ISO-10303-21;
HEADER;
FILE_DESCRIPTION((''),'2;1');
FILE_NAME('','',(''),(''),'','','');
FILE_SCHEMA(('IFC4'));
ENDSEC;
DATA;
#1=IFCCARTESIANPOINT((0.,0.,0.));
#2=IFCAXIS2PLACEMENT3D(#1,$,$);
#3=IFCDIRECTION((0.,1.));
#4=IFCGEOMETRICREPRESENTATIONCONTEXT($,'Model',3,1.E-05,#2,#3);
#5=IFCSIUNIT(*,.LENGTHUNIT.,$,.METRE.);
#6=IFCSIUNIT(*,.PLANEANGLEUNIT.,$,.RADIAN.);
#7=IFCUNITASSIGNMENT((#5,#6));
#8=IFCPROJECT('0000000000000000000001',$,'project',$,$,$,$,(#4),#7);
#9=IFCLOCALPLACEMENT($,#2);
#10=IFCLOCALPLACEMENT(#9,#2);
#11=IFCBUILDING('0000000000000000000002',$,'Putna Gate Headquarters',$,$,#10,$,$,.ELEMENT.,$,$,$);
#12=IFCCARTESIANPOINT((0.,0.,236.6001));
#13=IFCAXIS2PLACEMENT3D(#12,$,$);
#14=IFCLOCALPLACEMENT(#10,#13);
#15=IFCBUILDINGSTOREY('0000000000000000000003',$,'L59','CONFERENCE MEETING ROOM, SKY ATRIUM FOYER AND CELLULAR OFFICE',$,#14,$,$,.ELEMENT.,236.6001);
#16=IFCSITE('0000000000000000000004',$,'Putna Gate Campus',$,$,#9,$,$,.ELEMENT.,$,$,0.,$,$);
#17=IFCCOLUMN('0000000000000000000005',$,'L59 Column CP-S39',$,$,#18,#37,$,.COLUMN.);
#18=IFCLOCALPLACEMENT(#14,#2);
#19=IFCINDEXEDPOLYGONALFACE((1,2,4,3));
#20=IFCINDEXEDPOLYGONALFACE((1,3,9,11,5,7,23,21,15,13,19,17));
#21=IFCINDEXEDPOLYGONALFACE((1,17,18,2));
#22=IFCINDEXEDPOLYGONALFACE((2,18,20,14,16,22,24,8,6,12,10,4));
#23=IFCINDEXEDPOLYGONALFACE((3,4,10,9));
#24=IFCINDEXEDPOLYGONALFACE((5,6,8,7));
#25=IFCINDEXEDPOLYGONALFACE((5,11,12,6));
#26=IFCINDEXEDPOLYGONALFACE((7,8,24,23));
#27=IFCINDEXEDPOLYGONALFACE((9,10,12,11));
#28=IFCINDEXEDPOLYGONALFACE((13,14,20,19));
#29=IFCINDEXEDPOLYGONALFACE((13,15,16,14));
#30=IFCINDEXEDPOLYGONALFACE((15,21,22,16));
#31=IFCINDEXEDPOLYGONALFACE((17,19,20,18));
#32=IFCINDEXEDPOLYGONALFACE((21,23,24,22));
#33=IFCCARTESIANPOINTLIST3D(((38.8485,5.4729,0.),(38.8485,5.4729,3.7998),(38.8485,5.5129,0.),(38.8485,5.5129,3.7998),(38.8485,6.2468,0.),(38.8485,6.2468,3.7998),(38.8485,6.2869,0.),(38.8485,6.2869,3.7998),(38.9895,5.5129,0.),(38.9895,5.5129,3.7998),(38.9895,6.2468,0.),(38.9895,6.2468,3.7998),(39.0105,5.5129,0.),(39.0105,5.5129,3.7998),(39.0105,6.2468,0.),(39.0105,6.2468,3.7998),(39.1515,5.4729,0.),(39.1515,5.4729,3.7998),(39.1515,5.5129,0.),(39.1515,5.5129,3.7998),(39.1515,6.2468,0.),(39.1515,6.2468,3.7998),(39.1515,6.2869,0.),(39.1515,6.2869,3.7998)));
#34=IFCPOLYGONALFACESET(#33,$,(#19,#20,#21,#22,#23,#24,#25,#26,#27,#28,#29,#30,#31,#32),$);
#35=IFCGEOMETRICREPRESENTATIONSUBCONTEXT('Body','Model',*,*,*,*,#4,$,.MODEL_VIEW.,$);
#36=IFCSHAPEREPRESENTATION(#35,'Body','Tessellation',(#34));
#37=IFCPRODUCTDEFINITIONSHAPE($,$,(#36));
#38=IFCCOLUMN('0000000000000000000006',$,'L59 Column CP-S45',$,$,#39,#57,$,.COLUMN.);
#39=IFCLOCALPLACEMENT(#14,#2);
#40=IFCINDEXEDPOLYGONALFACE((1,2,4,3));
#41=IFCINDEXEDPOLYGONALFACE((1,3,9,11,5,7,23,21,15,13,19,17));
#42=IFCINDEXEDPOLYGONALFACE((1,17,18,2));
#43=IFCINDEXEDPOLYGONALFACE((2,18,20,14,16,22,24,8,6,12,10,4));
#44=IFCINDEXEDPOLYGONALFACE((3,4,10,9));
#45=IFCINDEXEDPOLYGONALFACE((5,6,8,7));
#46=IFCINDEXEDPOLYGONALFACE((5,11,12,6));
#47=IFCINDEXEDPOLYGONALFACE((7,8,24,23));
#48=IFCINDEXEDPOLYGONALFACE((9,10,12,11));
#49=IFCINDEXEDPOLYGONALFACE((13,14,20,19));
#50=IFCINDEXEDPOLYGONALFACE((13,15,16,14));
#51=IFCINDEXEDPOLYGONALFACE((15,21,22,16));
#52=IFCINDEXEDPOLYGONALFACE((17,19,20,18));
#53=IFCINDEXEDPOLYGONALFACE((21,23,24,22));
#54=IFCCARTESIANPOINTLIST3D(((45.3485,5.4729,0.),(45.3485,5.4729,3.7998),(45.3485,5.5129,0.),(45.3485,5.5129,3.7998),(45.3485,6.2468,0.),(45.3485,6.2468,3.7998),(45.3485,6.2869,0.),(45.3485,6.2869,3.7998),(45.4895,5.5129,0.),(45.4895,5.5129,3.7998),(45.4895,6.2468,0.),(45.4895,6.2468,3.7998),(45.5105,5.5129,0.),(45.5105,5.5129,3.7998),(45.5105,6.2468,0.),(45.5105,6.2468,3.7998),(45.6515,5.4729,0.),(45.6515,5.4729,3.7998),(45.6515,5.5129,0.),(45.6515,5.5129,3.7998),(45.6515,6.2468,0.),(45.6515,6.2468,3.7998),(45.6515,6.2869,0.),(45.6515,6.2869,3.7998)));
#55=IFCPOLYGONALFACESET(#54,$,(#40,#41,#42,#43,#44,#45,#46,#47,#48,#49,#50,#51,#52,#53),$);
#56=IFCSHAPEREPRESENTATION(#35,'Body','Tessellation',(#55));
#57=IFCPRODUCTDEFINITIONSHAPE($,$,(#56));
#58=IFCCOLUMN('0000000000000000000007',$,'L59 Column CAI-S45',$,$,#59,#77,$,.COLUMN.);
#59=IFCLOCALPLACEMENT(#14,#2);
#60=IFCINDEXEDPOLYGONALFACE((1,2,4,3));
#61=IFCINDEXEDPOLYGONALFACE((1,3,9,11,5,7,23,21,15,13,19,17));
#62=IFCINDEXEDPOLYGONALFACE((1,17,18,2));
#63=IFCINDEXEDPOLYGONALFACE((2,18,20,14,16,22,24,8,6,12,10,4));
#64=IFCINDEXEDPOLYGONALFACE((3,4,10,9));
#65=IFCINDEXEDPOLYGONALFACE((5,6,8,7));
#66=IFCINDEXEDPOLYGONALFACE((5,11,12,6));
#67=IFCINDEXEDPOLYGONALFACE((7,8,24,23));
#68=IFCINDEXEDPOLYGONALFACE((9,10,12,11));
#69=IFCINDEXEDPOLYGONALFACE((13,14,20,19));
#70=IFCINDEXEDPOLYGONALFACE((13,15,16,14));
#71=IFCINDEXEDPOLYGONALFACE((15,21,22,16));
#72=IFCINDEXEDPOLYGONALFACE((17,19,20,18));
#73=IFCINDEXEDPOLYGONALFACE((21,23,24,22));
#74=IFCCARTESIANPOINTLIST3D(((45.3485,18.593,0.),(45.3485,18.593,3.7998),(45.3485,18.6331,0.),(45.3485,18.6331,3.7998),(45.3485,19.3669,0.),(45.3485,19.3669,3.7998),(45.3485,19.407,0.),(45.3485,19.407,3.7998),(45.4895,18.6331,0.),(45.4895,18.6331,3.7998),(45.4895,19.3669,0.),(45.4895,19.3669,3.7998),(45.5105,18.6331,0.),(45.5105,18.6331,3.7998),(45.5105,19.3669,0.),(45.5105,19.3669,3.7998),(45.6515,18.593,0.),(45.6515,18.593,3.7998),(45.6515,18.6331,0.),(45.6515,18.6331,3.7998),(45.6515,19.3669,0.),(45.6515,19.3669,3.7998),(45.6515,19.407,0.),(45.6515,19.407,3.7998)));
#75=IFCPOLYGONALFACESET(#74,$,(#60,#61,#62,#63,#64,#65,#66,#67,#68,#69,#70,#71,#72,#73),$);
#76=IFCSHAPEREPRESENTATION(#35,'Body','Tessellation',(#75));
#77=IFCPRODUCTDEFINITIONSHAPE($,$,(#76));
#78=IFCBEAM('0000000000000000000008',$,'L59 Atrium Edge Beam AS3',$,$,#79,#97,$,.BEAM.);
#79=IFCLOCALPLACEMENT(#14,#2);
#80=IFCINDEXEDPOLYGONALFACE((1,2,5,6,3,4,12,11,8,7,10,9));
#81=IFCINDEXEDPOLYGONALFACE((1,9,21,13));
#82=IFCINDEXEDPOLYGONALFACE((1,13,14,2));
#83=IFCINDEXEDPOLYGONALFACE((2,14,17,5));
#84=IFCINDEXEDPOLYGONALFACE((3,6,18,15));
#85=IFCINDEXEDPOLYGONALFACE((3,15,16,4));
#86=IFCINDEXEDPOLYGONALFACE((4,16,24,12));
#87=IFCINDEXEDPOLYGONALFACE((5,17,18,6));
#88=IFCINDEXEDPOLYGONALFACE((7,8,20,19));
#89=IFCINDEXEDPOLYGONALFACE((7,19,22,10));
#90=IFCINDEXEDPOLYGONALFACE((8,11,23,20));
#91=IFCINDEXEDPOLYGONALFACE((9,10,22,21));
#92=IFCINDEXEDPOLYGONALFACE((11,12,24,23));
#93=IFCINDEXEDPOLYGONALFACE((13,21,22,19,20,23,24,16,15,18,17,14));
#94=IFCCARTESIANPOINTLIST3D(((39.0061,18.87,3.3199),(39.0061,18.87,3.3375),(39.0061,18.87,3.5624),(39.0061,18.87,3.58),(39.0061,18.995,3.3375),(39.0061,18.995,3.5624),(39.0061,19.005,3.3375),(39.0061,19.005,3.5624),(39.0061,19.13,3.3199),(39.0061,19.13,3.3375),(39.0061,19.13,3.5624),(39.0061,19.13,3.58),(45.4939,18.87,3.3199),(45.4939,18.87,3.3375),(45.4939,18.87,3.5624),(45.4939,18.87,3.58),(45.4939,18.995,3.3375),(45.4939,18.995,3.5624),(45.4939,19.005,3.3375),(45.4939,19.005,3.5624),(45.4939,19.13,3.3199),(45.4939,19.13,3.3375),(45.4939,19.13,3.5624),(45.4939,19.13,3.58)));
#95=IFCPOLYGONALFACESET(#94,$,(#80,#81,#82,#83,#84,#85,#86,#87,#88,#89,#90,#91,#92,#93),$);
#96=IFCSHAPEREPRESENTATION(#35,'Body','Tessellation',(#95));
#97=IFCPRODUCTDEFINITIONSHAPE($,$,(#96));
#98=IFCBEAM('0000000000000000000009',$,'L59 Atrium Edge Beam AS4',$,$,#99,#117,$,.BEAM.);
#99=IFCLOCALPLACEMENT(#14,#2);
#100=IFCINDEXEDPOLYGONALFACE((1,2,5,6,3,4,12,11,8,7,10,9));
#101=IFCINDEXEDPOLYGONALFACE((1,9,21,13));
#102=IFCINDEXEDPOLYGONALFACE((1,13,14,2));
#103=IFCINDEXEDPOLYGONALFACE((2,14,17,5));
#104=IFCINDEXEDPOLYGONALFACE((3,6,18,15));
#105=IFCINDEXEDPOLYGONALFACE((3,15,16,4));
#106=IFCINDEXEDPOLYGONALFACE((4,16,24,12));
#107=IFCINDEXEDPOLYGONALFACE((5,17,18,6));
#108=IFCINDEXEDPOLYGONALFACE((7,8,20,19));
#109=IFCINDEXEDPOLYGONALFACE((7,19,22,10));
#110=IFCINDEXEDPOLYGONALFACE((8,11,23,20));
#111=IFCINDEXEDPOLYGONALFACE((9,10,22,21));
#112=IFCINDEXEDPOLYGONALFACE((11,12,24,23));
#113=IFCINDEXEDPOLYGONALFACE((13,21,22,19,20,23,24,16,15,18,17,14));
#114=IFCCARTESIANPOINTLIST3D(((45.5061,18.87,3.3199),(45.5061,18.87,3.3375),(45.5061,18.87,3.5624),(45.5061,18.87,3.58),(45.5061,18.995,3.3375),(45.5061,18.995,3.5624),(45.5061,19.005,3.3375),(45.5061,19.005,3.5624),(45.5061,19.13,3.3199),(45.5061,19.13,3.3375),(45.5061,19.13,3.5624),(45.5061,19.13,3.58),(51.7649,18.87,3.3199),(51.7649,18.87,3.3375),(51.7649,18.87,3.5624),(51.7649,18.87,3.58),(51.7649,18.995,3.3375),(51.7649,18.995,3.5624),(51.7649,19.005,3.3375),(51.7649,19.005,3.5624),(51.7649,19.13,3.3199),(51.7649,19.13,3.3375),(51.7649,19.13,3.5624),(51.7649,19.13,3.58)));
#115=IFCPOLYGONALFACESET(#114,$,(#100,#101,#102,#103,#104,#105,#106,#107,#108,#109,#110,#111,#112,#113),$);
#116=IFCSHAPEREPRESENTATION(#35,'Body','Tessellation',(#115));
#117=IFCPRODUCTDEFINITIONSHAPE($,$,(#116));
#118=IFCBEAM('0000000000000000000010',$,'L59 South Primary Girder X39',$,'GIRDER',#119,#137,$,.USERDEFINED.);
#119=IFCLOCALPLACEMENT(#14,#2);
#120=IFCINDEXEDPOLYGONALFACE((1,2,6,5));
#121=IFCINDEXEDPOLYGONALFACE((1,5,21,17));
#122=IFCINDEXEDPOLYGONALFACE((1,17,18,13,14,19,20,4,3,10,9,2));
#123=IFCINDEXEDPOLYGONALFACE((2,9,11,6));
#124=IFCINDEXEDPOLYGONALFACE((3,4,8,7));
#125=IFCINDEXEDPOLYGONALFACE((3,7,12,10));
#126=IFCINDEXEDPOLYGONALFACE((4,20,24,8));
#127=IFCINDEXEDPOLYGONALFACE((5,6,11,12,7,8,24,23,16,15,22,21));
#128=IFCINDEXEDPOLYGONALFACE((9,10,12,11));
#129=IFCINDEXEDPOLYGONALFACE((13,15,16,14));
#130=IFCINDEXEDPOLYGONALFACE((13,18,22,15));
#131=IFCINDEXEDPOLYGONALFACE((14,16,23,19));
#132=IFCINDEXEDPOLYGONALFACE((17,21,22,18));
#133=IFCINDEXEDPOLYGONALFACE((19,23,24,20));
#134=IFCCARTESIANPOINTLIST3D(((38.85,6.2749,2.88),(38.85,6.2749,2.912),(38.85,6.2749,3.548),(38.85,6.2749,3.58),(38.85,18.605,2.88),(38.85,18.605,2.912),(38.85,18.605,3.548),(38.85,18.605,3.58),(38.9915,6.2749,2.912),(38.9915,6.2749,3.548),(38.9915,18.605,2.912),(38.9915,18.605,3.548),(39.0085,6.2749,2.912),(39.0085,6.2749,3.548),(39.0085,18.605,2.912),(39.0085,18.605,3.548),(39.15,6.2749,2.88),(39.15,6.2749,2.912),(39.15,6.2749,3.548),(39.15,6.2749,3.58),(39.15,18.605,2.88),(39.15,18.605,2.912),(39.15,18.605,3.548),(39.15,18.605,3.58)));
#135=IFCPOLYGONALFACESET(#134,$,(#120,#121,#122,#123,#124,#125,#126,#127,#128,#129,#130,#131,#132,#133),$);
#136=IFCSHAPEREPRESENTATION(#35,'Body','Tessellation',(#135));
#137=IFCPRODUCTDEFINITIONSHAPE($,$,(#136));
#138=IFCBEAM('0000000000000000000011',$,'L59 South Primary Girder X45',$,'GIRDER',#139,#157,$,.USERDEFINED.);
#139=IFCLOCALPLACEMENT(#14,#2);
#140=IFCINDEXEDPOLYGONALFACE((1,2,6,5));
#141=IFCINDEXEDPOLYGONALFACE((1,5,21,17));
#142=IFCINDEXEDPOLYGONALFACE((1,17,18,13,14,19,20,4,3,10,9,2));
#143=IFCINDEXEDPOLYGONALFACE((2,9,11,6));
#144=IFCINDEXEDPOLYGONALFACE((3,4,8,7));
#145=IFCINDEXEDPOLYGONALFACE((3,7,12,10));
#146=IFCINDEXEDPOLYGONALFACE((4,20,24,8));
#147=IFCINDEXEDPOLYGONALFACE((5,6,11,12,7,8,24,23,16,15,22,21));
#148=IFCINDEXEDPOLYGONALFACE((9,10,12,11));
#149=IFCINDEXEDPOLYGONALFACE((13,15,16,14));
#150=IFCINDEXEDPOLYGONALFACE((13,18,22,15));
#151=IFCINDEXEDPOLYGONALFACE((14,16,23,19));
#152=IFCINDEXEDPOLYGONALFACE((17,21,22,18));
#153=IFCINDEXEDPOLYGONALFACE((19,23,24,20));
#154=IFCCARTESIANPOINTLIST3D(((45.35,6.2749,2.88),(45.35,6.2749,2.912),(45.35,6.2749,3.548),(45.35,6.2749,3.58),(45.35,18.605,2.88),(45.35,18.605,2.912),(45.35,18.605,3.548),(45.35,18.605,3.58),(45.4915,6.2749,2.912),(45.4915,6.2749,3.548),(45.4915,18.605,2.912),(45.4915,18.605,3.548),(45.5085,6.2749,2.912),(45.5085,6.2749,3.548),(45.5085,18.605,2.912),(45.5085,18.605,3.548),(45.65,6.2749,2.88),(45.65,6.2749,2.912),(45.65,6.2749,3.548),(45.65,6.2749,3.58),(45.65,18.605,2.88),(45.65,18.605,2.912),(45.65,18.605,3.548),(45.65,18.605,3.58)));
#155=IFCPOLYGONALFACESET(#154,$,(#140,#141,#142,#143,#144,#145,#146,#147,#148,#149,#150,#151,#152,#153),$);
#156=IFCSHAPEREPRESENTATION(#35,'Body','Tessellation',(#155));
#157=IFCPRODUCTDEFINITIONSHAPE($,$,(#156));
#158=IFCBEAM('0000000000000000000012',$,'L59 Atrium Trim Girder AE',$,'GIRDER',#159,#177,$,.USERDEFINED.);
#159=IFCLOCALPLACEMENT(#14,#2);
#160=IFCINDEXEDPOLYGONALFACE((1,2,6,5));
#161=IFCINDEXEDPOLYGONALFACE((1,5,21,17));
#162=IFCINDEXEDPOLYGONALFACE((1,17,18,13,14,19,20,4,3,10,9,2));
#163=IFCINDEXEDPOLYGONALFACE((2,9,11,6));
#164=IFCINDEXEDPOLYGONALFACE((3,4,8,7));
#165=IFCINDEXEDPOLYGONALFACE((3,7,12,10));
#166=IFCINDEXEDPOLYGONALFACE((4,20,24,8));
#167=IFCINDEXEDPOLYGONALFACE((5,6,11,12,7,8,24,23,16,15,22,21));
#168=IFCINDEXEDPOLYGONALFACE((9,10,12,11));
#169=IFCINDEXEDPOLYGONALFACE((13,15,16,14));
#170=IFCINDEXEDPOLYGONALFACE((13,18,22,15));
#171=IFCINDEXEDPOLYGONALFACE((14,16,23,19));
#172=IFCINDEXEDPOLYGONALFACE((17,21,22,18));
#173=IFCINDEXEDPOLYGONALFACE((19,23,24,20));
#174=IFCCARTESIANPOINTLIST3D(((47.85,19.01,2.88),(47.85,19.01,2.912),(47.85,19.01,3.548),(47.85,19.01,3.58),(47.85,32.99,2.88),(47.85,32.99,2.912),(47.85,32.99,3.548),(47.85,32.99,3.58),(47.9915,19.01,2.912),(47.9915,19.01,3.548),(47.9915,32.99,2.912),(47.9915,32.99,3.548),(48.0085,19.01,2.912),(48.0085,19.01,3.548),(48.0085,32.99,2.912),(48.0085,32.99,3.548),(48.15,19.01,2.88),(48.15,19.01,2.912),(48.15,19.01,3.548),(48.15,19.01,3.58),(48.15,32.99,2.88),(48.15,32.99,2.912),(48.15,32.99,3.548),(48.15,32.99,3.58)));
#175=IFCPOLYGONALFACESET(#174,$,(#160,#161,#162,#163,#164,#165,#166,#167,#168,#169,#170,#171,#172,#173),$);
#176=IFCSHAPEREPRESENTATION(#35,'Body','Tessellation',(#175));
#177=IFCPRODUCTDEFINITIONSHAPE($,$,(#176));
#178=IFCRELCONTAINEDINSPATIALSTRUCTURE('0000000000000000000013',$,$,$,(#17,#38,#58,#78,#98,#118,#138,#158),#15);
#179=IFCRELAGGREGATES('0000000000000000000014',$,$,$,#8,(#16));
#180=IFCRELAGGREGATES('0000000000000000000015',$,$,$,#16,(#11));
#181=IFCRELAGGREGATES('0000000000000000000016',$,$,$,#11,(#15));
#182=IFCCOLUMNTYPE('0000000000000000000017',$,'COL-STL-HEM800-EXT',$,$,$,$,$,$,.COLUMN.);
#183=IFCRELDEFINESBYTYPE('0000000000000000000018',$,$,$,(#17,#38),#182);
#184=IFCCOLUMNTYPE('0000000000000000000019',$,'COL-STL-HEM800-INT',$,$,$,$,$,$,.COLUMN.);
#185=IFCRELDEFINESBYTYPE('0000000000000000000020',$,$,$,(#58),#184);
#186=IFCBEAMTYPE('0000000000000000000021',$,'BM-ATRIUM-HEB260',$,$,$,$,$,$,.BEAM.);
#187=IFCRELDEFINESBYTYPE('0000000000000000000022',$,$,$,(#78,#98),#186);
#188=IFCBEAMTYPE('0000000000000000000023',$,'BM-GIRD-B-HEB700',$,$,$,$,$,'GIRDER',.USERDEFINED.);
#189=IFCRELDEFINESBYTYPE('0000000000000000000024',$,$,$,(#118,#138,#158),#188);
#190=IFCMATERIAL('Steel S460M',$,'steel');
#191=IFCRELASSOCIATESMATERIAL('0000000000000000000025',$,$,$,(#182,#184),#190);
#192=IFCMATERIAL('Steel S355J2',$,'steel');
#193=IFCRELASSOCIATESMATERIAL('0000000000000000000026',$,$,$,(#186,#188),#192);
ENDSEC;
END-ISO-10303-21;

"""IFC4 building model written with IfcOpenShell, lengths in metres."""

from ifc_helpers import new_model, si_unit, direction, frame, origin, origin_2d, place, context, subcontext, project, spatial, i_section, extrude, material, material_profile, profile_set, type_object, element, save


model = new_model("IFC4")

# Units and contexts
model_context = context("Model", 3, precision=1e-05, world=origin(), true_north=direction((0.0, 1.0)))
body_context = subcontext(model_context, "Body", "Model", "MODEL_VIEW")
ifc_project = project(units=[si_unit("LENGTHUNIT", "METRE"), si_unit("PLANEANGLEUNIT", "RADIAN")], contexts=[model_context])

# Site, building, storey
site_placement = place(None, origin())
site = spatial("IfcSite", under=ifc_project, at=site_placement, Name="Putna Gate Campus", CompositionType="ELEMENT", RefElevation=0.0)
building_placement = place(site_placement, origin())
building = spatial("IfcBuilding", under=site, at=building_placement, Name="Putna Gate Headquarters", CompositionType="ELEMENT")
storey_placement = place(building_placement, frame((0.0, 0.0, 236.6001)))
storey = spatial("IfcBuildingStorey", under=building, at=storey_placement, Name="L59", Description="CONFERENCE MEETING ROOM, SKY ATRIUM FOYER AND CELLULAR OFFICE", CompositionType="ELEMENT", Elevation=236.6001)

# Columns
ifc_material_1 = material(Name="Steel S460M", Category="steel")
ifc_material_profile_1 = material_profile(ifc_material_1, i_section(OverallWidth=0.303, OverallDepth=0.814, WebThickness=0.021, FlangeThickness=0.04, at=origin_2d()), Name="Steel S460M")
ifc_profile_set_1 = profile_set([ifc_material_profile_1], Name="Steel S460M")
column_type_1 = type_object("IfcColumnType", Name="COL-STL-HEM800-EXT", PredefinedType="COLUMN", material=ifc_profile_set_1)
for number, where, z_axis, x_axis, name in (
    (1, (39.0, 5.8799, 0.0), (0.0, 0.0, 1.0), (1.0, 0.0, 0.0), "L59 Column CP-S39"),
    (2, (45.5, 5.8799, 0.0), (0.0, 0.0, 1.0), (1.0, 0.0, 0.0), "L59 Column CP-S45"),
):
    element("IfcColumn", number, at=place(storey_placement, frame(where, z_axis=z_axis, x_axis=x_axis)), inside=storey, type_object=column_type_1, Name=name, PredefinedType="COLUMN", context=body_context, shape_type="SweptSolid", body=[
        extrude(i_section(OverallWidth=0.303, OverallDepth=0.814, WebThickness=0.021, FlangeThickness=0.04, at=origin_2d()), origin(), (0.0, 0.0, 1.0), 3.7998),
    ])
ifc_material_profile_2 = material_profile(ifc_material_1, i_section(OverallWidth=0.303, OverallDepth=0.814, WebThickness=0.021, FlangeThickness=0.04, at=origin_2d()), Name="Steel S460M")
ifc_profile_set_2 = profile_set([ifc_material_profile_2], Name="Steel S460M")
column_type_2 = type_object("IfcColumnType", Name="COL-STL-HEM800-INT", PredefinedType="COLUMN", material=ifc_profile_set_2)
column_placement = place(storey_placement, frame((45.5, 19.0, 0.0), z_axis=(0.0, 0.0, 1.0), x_axis=(1.0, 0.0, 0.0)))
element("IfcColumn", 3, at=column_placement, inside=storey, type_object=column_type_2, Name="L59 Column CAI-S45", PredefinedType="COLUMN", context=body_context, shape_type="SweptSolid", body=[
    extrude(i_section(OverallWidth=0.303, OverallDepth=0.814, WebThickness=0.021, FlangeThickness=0.04, at=origin_2d()), origin(), (0.0, 0.0, 1.0), 3.7998),
])

# Beams
ifc_material_2 = material(Name="Steel S355J2", Category="steel")
ifc_material_profile_3 = material_profile(ifc_material_2, i_section(OverallWidth=0.26, OverallDepth=0.26, WebThickness=0.01, FlangeThickness=0.0176, at=origin_2d()), Name="Steel S355J2")
ifc_profile_set_3 = profile_set([ifc_material_profile_3], Name="Steel S355J2")
beam_type_1 = type_object("IfcBeamType", Name="BM-ATRIUM-HEB260", PredefinedType="BEAM", material=ifc_profile_set_3)
beam_1_placement = place(storey_placement, frame((39.0061, 19.0, 3.45), z_axis=(1.0, 0.0, 0.0), x_axis=(0.0, 1.0, 0.0)))
element("IfcBeam", 4, at=beam_1_placement, inside=storey, type_object=beam_type_1, Name="L59 Atrium Edge Beam AS3", PredefinedType="BEAM", context=body_context, shape_type="SweptSolid", body=[
    extrude(i_section(OverallWidth=0.26, OverallDepth=0.26, WebThickness=0.01, FlangeThickness=0.0176, at=origin_2d()), origin(), (0.0, 0.0, 1.0), 6.4878),
])
beam_2_placement = place(storey_placement, frame((45.5061, 19.0, 3.45), z_axis=(1.0, 0.0, 0.0), x_axis=(0.0, 1.0, 0.0)))
element("IfcBeam", 5, at=beam_2_placement, inside=storey, type_object=beam_type_1, Name="L59 Atrium Edge Beam AS4", PredefinedType="BEAM", context=body_context, shape_type="SweptSolid", body=[
    extrude(i_section(OverallWidth=0.26, OverallDepth=0.26, WebThickness=0.01, FlangeThickness=0.0176, at=origin_2d()), origin(), (0.0, 0.0, 1.0), 6.2588),
])
ifc_material_profile_4 = material_profile(ifc_material_2, i_section(OverallWidth=0.3, OverallDepth=0.7, WebThickness=0.0171, FlangeThickness=0.032, at=origin_2d()), Name="Steel S355J2")
ifc_profile_set_4 = profile_set([ifc_material_profile_4], Name="Steel S355J2")
beam_type_2 = type_object("IfcBeamType", Name="BM-GIRD-B-HEB700", ElementType="GIRDER", PredefinedType="USERDEFINED", material=ifc_profile_set_4)
for number, where, z_axis, x_axis, name in (
    (6, (39.0, 6.2749, 3.23), (0.0, 1.0, 0.0), (-1.0, 0.0, 0.0), "L59 South Primary Girder X39"),
    (7, (45.5, 6.2749, 3.23), (0.0, 1.0, 0.0), (-1.0, 0.0, 0.0), "L59 South Primary Girder X45"),
):
    element("IfcBeam", number, at=place(storey_placement, frame(where, z_axis=z_axis, x_axis=x_axis)), inside=storey, type_object=beam_type_2, Name=name, ObjectType="GIRDER", PredefinedType="USERDEFINED", context=body_context, shape_type="SweptSolid", body=[
        extrude(i_section(OverallWidth=0.3, OverallDepth=0.7, WebThickness=0.0171, FlangeThickness=0.032, at=origin_2d()), origin(), (0.0, 0.0, 1.0), 12.3301),
    ])
beam_3_placement = place(storey_placement, frame((48.0, 19.01, 3.23), z_axis=(0.0, 1.0, 0.0), x_axis=(-1.0, 0.0, 0.0)))
element("IfcBeam", 8, at=beam_3_placement, inside=storey, type_object=beam_type_2, Name="L59 Atrium Trim Girder AE", ObjectType="GIRDER", PredefinedType="USERDEFINED", context=body_context, shape_type="SweptSolid", body=[
    extrude(i_section(OverallWidth=0.3, OverallDepth=0.7, WebThickness=0.0171, FlangeThickness=0.032, at=origin_2d()), origin(), (0.0, 0.0, 1.0), 13.98),
])

save(model, "model.ifc")
